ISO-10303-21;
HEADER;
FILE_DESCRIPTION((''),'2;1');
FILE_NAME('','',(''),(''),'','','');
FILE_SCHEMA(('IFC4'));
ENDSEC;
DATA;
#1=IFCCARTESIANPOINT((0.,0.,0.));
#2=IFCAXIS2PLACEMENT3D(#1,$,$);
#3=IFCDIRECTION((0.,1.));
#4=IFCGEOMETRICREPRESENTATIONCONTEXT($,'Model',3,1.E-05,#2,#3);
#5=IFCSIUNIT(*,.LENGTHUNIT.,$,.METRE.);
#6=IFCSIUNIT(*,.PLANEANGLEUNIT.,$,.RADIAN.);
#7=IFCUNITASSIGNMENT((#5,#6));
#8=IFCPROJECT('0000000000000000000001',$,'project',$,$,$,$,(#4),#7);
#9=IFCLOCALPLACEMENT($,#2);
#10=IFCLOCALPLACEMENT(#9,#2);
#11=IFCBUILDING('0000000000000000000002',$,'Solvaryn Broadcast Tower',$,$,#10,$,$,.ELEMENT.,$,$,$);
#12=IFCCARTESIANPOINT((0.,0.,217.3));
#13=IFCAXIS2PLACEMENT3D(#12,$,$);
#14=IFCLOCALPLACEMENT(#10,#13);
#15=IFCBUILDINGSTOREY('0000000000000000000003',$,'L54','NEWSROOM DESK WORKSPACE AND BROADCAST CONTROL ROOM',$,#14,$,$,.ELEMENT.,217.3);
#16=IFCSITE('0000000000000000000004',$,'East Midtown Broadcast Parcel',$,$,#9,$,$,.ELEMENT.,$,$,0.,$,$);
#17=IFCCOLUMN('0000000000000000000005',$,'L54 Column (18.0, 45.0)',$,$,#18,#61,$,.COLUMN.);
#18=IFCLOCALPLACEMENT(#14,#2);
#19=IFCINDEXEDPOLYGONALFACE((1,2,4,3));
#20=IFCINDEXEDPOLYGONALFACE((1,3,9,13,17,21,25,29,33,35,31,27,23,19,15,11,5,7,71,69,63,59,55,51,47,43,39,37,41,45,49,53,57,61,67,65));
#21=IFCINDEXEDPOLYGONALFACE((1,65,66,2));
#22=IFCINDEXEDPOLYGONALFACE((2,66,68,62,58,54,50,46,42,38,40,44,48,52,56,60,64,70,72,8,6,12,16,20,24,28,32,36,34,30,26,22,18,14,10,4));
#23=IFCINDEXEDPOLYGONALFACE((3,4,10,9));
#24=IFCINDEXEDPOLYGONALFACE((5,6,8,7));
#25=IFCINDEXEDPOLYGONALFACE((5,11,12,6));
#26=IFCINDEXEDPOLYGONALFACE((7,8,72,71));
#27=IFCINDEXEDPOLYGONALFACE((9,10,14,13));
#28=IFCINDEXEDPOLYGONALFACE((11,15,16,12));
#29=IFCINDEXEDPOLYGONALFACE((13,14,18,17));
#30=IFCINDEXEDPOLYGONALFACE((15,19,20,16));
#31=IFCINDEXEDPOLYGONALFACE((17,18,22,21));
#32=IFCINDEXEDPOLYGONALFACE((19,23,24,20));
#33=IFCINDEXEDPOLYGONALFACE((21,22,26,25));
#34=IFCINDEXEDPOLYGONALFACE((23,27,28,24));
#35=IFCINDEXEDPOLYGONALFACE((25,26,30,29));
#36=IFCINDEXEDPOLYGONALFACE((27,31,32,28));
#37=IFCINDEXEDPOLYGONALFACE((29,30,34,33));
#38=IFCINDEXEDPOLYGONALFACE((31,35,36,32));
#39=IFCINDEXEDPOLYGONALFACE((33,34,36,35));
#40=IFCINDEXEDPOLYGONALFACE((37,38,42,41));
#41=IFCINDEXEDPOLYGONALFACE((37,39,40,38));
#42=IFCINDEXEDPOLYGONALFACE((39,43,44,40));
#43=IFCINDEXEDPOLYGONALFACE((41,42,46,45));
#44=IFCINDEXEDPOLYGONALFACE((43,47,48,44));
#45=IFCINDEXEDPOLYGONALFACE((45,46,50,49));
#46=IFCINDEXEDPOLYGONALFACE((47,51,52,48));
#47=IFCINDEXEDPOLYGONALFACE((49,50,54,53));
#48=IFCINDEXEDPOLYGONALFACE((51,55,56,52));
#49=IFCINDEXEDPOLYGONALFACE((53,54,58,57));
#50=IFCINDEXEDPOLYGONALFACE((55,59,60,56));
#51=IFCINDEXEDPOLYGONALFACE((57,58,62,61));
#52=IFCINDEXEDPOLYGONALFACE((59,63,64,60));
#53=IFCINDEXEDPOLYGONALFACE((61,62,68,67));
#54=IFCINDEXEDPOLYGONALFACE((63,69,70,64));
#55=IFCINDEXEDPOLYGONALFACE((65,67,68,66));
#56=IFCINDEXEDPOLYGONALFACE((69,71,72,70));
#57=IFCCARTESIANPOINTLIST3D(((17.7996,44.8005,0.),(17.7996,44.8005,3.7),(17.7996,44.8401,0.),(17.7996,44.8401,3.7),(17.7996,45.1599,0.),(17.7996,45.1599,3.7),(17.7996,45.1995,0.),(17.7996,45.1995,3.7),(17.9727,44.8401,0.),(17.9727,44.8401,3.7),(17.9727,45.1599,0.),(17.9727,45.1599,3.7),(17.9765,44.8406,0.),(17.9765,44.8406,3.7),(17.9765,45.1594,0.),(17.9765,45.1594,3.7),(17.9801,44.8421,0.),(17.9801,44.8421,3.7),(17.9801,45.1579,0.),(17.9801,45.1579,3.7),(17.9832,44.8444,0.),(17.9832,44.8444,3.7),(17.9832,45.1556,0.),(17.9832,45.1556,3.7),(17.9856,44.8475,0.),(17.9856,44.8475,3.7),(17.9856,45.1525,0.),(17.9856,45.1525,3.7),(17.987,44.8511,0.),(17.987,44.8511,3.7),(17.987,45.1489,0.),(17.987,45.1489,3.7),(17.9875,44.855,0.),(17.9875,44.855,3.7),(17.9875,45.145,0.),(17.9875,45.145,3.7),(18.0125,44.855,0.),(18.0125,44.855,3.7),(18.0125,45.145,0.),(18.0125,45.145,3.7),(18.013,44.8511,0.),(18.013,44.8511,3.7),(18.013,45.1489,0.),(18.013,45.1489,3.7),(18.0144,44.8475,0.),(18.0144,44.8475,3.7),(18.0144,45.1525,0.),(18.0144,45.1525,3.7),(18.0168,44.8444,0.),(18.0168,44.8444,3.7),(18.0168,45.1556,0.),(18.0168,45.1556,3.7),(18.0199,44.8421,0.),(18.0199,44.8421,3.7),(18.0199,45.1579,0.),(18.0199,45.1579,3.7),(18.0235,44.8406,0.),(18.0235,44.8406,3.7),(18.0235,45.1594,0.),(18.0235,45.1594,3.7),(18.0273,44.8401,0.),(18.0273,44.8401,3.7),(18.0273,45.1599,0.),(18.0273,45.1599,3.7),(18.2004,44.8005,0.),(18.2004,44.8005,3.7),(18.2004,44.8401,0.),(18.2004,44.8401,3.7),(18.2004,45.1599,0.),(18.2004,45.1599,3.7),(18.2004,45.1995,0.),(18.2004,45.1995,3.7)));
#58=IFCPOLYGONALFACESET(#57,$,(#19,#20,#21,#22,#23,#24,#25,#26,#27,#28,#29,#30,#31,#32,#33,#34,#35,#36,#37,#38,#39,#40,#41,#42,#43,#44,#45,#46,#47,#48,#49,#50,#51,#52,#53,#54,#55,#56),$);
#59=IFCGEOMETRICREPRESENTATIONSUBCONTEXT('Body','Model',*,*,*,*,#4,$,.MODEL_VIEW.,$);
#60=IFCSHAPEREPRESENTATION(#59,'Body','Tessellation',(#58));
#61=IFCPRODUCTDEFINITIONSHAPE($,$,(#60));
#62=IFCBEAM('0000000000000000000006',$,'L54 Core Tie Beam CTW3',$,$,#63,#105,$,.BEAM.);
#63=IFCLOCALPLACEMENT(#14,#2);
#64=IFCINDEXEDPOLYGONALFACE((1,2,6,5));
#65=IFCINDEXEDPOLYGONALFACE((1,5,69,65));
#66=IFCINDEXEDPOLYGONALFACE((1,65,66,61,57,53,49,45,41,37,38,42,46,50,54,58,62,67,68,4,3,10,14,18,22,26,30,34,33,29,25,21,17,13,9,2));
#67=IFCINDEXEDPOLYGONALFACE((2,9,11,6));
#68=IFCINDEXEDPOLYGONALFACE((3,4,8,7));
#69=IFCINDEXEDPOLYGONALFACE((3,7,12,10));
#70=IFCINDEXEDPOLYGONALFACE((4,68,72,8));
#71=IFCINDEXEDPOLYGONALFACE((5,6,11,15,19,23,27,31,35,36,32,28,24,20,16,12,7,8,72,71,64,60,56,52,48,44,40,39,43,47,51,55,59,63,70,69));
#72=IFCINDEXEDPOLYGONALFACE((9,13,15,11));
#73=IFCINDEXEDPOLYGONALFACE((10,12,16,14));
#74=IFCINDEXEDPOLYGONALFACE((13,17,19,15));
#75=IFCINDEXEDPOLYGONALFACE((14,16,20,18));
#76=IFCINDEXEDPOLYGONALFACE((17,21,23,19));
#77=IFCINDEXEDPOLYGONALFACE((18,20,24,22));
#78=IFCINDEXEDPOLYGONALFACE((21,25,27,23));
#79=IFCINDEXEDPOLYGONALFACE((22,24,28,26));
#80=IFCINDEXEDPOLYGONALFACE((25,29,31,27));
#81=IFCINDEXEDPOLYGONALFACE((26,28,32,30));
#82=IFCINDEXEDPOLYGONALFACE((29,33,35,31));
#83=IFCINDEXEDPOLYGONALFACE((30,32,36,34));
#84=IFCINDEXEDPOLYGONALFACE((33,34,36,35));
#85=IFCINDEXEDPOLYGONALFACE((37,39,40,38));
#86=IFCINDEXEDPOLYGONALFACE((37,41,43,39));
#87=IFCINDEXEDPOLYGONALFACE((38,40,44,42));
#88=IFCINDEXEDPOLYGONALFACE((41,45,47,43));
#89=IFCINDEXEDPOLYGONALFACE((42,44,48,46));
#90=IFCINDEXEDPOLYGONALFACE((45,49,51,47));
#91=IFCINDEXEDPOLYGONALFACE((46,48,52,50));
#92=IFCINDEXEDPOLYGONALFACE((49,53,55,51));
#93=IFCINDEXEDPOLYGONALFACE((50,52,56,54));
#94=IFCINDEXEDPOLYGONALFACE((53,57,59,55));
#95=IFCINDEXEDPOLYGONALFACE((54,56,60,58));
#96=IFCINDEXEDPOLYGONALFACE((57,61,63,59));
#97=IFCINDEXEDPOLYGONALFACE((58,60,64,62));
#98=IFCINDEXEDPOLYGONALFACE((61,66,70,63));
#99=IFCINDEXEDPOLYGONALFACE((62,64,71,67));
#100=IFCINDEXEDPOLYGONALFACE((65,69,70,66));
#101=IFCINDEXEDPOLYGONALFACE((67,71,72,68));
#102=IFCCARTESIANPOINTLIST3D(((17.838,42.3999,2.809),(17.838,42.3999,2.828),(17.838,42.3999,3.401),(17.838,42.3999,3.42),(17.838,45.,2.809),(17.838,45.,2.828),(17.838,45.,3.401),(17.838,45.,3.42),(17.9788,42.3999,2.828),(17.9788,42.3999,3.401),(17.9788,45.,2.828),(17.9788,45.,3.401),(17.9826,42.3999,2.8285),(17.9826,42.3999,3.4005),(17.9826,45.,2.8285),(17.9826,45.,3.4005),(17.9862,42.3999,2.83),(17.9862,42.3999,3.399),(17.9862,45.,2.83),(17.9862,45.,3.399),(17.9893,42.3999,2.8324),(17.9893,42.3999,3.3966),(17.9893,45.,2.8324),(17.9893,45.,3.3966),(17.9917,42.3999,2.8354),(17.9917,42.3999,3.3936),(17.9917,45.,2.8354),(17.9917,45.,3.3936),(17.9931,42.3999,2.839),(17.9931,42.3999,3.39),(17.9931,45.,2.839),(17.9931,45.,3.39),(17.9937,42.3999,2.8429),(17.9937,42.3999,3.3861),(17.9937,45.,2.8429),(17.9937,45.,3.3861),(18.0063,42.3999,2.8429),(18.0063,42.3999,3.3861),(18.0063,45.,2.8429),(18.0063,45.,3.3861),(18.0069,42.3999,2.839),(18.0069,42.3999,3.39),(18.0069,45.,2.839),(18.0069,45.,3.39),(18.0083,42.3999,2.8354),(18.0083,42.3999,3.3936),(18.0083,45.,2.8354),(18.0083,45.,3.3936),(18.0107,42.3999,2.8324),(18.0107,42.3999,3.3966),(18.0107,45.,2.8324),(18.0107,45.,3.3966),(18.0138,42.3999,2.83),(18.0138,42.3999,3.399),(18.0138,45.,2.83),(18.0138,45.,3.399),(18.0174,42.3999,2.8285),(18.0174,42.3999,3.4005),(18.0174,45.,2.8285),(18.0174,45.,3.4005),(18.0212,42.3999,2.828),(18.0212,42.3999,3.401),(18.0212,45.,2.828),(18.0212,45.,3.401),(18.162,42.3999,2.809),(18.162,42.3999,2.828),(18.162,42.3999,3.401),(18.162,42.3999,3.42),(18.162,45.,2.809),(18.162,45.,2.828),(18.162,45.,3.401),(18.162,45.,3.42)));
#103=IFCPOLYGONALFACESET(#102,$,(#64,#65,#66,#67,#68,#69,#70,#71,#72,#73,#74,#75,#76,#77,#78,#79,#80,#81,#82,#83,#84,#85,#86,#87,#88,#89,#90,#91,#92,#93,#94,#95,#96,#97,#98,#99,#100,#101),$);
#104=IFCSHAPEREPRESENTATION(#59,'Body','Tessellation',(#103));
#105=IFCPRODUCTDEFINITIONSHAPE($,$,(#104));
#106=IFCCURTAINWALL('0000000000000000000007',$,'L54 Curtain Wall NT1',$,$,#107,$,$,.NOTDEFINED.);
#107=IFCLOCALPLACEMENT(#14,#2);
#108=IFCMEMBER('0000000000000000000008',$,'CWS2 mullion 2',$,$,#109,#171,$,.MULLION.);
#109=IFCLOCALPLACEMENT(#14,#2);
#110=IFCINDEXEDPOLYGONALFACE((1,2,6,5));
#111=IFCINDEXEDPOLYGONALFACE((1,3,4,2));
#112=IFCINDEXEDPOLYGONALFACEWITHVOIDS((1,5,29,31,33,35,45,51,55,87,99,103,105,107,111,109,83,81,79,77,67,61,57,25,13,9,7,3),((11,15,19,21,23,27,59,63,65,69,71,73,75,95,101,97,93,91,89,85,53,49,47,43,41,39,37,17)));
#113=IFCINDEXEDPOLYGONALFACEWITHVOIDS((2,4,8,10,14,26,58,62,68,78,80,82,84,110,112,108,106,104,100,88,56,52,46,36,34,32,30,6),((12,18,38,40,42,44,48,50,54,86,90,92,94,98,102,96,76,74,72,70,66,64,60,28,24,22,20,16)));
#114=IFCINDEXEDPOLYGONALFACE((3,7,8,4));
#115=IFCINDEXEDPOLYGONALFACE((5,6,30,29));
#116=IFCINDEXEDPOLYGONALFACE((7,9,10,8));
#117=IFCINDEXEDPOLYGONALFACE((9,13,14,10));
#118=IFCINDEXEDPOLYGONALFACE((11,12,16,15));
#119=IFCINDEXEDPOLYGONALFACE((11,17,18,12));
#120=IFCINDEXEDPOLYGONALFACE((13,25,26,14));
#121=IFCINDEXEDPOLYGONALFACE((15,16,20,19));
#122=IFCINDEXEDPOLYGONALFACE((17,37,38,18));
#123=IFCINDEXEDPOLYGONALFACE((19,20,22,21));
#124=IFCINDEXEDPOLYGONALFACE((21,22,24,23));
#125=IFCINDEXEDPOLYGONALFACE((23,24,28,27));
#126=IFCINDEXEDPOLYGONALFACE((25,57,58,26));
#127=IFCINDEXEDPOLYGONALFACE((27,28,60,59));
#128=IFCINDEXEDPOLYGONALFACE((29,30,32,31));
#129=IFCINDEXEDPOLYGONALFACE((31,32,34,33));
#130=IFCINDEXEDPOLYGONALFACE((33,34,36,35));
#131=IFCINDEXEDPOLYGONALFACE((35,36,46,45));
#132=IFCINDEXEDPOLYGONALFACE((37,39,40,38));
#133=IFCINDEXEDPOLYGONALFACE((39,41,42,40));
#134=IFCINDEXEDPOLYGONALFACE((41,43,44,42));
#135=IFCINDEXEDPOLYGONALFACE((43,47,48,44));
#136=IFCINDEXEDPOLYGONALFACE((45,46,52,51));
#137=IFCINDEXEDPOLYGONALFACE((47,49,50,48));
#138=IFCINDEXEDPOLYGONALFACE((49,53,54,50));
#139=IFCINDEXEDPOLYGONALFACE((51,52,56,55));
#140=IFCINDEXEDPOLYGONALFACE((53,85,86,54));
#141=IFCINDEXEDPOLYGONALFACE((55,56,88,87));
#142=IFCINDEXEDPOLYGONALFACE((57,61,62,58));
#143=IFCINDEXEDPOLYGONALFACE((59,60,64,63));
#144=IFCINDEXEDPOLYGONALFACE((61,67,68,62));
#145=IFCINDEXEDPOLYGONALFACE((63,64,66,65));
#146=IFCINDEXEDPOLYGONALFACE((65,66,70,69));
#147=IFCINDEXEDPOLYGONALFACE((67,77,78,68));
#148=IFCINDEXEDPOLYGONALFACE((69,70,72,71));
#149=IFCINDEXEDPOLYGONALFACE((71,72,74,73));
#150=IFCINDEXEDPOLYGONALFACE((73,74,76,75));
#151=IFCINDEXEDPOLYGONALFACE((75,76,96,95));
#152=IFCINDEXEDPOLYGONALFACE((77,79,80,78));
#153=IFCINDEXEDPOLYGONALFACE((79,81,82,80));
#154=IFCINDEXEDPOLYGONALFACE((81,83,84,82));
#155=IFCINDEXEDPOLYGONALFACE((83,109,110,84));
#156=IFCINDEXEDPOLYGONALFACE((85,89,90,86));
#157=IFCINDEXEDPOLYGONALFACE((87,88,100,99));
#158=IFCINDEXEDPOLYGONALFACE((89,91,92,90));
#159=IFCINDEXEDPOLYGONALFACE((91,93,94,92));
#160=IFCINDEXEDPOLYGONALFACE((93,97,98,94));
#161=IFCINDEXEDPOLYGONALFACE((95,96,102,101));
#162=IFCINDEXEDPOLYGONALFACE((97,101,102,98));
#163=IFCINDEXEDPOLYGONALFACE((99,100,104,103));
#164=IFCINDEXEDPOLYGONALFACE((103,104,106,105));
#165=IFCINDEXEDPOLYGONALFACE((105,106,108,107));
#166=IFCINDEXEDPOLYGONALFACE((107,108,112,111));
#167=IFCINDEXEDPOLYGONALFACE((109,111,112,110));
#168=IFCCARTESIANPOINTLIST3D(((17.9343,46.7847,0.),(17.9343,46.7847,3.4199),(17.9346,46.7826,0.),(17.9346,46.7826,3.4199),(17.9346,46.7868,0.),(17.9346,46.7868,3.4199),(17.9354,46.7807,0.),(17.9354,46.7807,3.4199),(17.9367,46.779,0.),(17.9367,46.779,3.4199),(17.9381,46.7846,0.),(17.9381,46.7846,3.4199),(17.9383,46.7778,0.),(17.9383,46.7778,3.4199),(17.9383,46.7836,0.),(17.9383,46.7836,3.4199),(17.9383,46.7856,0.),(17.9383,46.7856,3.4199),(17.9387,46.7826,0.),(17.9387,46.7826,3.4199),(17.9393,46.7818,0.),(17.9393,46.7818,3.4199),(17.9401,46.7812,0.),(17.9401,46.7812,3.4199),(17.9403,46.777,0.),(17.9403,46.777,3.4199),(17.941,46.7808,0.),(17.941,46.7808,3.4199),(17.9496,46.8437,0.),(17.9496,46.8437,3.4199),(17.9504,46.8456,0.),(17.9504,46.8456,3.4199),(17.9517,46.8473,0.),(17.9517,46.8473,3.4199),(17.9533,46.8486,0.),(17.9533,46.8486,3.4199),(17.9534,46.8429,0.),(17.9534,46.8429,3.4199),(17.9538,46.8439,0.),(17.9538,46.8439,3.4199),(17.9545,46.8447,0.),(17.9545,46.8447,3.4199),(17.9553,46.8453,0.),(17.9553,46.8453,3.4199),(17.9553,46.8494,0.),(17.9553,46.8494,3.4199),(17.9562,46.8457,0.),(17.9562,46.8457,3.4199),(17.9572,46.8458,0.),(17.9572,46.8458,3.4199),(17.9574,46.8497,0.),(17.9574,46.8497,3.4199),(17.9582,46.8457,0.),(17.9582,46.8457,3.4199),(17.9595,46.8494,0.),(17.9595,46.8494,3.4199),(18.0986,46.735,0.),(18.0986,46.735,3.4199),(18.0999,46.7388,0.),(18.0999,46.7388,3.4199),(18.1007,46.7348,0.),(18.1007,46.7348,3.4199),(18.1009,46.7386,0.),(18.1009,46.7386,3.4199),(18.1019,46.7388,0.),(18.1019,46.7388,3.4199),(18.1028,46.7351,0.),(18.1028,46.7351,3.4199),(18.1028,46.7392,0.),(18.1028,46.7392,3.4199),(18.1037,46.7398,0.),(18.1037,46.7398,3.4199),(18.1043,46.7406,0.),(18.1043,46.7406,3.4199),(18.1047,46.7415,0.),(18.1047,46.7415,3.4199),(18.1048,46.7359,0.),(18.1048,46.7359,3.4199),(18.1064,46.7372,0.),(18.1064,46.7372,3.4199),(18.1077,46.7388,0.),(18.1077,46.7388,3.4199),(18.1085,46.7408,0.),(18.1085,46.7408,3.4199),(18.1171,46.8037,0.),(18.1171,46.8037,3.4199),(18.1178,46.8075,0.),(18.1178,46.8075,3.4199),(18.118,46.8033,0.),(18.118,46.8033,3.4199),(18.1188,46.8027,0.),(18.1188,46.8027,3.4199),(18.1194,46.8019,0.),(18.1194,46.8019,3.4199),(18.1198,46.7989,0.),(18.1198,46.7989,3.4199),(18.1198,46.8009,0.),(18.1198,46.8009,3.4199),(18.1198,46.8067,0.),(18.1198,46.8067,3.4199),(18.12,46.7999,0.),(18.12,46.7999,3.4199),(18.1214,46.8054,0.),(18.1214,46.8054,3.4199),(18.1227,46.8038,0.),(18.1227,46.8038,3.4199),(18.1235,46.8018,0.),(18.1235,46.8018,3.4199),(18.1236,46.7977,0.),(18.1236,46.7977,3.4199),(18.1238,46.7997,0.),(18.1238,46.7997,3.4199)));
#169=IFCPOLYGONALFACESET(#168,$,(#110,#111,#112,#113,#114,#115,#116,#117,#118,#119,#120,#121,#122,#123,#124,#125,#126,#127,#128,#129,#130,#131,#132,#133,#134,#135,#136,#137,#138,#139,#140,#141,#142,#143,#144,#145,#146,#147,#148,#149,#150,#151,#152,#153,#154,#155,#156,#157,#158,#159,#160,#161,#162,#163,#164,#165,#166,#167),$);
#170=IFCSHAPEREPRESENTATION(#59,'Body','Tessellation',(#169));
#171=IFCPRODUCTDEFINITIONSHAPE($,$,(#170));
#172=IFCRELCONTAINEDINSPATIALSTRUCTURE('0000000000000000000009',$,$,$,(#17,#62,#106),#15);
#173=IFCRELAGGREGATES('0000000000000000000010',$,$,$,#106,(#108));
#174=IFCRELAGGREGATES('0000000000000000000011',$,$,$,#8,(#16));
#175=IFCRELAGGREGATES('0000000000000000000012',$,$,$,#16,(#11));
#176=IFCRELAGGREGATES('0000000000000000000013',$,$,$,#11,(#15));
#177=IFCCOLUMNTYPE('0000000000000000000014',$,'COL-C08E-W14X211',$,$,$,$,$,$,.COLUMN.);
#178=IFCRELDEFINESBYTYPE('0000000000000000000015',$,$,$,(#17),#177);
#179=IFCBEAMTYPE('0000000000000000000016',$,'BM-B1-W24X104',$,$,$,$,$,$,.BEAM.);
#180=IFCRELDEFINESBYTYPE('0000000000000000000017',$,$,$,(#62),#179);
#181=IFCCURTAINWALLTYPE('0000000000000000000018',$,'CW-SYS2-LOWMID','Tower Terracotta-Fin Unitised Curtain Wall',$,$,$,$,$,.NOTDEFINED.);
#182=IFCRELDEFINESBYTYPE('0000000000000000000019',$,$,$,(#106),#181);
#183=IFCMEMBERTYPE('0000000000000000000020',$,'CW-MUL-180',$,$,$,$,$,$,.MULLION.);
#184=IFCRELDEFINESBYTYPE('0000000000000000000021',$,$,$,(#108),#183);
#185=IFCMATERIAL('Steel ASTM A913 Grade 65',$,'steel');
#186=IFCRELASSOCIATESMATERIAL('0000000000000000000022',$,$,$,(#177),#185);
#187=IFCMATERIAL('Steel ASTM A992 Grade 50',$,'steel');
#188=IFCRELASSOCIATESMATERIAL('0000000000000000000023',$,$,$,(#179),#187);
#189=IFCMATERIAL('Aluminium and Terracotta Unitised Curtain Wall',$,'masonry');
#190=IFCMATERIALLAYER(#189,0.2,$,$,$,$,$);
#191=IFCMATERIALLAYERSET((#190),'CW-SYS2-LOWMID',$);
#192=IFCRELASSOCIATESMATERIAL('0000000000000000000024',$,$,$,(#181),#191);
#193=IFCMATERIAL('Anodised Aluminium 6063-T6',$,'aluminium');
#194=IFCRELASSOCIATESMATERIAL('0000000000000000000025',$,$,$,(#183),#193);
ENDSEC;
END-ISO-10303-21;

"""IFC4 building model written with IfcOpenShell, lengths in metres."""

from ifc_helpers import new_model, si_unit, direction, frame, origin, origin_2d, place, context, subcontext, project, spatial, hollow_rectangle, i_section, extrude, material, layer, layer_set, material_profile, profile_set, type_object, element, aggregate, save


model = new_model("IFC4")

# Units and contexts
model_context = context("Model", 3, precision=1e-05, world=origin(), true_north=direction((0.0, 1.0)))
body_context = subcontext(model_context, "Body", "Model", "MODEL_VIEW")
ifc_project = project(units=[si_unit("LENGTHUNIT", "METRE"), si_unit("PLANEANGLEUNIT", "RADIAN")], contexts=[model_context])

# Site, building, storey
site_placement = place(None, origin())
site = spatial("IfcSite", under=ifc_project, at=site_placement, Name="East Midtown Broadcast Parcel", CompositionType="ELEMENT", RefElevation=0.0)
building_placement = place(site_placement, origin())
building = spatial("IfcBuilding", under=site, at=building_placement, Name="Solvaryn Broadcast Tower", CompositionType="ELEMENT")
storey_placement = place(building_placement, frame((0.0, 0.0, 217.3)))
storey = spatial("IfcBuildingStorey", under=building, at=storey_placement, Name="L54", Description="NEWSROOM DESK WORKSPACE AND BROADCAST CONTROL ROOM", CompositionType="ELEMENT", Elevation=217.3)

# Column
ifc_material_1 = material(Name="Steel ASTM A913 Grade 65", Category="steel")
ifc_material_profile_1 = material_profile(ifc_material_1, i_section(OverallWidth=0.4009, OverallDepth=0.3989, WebThickness=0.0249, FlangeThickness=0.0396, FilletRadius=0.0149, at=origin_2d()))
ifc_profile_set_1 = profile_set([ifc_material_profile_1], Name="Steel ASTM A913 Grade 65")
column_type = type_object("IfcColumnType", Name="COL-C08E-W14X211", PredefinedType="COLUMN", material=ifc_profile_set_1)
column_placement = place(storey_placement, frame((18.0, 45.0, 0.0), z_axis=(0.0, 0.0, 1.0), x_axis=(1.0, 0.0, 0.0)))
element("IfcColumn", 1, at=column_placement, inside=storey, type_object=column_type, Name="L54 Column (18.0, 45.0)", PredefinedType="COLUMN", context=body_context, shape_type="SweptSolid", body=[
    extrude(i_section(OverallWidth=0.4009, OverallDepth=0.3989, WebThickness=0.0249, FlangeThickness=0.0396, FilletRadius=0.0149, at=origin_2d()), origin(), (0.0, 0.0, 1.0), 3.7),
])

# Beam
ifc_material_2 = material(Name="Steel ASTM A992 Grade 50", Category="steel")
ifc_material_profile_2 = material_profile(ifc_material_2, i_section(OverallWidth=0.324, OverallDepth=0.6111, WebThickness=0.0127, FlangeThickness=0.019, FilletRadius=0.0149, at=origin_2d()))
ifc_profile_set_2 = profile_set([ifc_material_profile_2], Name="Steel ASTM A992 Grade 50")
beam_type = type_object("IfcBeamType", Name="BM-B1-W24X104", PredefinedType="BEAM", material=ifc_profile_set_2)
beam_placement = place(storey_placement, frame((18.0, 42.3999, 3.1145), z_axis=(0.0, 1.0, 0.0), x_axis=(-1.0, 0.0, 0.0)))
element("IfcBeam", 2, at=beam_placement, inside=storey, type_object=beam_type, Name="L54 Core Tie Beam CTW3", PredefinedType="BEAM", context=body_context, shape_type="SweptSolid", body=[
    extrude(i_section(OverallWidth=0.324, OverallDepth=0.6111, WebThickness=0.0127, FlangeThickness=0.019, FilletRadius=0.0149, at=origin_2d()), origin(), (0.0, 0.0, 1.0), 2.6001),
])

# Curtain wall, member
ifc_material_3 = material(Name="Aluminium and Terracotta Unitised Curtain Wall", Category="masonry")
ifc_layer_1 = layer(ifc_material_3, 0.2)
ifc_layer_set_1 = layer_set([ifc_layer_1], Name="CW-SYS2-LOWMID")
curtain_wall_type = type_object("IfcCurtainWallType", Name="CW-SYS2-LOWMID", Description="Tower Terracotta-Fin Unitised Curtain Wall", PredefinedType="NOTDEFINED", material=ifc_layer_set_1)
curtain_wall_1_placement = place(storey_placement, origin())
curtain_wall_1 = element("IfcCurtainWall", 3, at=curtain_wall_1_placement, inside=storey, type_object=curtain_wall_type, Name="L54 Curtain Wall NT1", PredefinedType="NOTDEFINED")
ifc_material_4 = material(Name="Anodised Aluminium 6063-T6", Category="aluminium")
ifc_material_profile_3 = material_profile(ifc_material_4, hollow_rectangle(XDim=0.075, YDim=0.1799, WallThickness=0.0039, InnerFilletRadius=0.0039, OuterFilletRadius=0.0081, at=origin_2d()))
ifc_profile_set_3 = profile_set([ifc_material_profile_3], Name="Anodised Aluminium 6063-T6")
member_type_1 = type_object("IfcMemberType", Name="CW-MUL-180", PredefinedType="MULLION", material=ifc_profile_set_3)
member_1_placement = place(storey_placement, frame((18.0291, 46.7922, 0.0), z_axis=(0.0, 0.0, 1.0), x_axis=(-0.255893, -0.966705, 0.0)))
member_1 = element("IfcMember", 4, at=member_1_placement, type_object=member_type_1, Name="CWS2 mullion 2", PredefinedType="MULLION", context=body_context, shape_type="SweptSolid", body=[
    extrude(hollow_rectangle(XDim=0.075, YDim=0.1799, WallThickness=0.0039, InnerFilletRadius=0.0039, OuterFilletRadius=0.0081, at=origin_2d()), origin(), (0.0, 0.0, 1.0), 3.4199),
])

aggregate(curtain_wall_1, [member_1])

save(model, "model.ifc")
